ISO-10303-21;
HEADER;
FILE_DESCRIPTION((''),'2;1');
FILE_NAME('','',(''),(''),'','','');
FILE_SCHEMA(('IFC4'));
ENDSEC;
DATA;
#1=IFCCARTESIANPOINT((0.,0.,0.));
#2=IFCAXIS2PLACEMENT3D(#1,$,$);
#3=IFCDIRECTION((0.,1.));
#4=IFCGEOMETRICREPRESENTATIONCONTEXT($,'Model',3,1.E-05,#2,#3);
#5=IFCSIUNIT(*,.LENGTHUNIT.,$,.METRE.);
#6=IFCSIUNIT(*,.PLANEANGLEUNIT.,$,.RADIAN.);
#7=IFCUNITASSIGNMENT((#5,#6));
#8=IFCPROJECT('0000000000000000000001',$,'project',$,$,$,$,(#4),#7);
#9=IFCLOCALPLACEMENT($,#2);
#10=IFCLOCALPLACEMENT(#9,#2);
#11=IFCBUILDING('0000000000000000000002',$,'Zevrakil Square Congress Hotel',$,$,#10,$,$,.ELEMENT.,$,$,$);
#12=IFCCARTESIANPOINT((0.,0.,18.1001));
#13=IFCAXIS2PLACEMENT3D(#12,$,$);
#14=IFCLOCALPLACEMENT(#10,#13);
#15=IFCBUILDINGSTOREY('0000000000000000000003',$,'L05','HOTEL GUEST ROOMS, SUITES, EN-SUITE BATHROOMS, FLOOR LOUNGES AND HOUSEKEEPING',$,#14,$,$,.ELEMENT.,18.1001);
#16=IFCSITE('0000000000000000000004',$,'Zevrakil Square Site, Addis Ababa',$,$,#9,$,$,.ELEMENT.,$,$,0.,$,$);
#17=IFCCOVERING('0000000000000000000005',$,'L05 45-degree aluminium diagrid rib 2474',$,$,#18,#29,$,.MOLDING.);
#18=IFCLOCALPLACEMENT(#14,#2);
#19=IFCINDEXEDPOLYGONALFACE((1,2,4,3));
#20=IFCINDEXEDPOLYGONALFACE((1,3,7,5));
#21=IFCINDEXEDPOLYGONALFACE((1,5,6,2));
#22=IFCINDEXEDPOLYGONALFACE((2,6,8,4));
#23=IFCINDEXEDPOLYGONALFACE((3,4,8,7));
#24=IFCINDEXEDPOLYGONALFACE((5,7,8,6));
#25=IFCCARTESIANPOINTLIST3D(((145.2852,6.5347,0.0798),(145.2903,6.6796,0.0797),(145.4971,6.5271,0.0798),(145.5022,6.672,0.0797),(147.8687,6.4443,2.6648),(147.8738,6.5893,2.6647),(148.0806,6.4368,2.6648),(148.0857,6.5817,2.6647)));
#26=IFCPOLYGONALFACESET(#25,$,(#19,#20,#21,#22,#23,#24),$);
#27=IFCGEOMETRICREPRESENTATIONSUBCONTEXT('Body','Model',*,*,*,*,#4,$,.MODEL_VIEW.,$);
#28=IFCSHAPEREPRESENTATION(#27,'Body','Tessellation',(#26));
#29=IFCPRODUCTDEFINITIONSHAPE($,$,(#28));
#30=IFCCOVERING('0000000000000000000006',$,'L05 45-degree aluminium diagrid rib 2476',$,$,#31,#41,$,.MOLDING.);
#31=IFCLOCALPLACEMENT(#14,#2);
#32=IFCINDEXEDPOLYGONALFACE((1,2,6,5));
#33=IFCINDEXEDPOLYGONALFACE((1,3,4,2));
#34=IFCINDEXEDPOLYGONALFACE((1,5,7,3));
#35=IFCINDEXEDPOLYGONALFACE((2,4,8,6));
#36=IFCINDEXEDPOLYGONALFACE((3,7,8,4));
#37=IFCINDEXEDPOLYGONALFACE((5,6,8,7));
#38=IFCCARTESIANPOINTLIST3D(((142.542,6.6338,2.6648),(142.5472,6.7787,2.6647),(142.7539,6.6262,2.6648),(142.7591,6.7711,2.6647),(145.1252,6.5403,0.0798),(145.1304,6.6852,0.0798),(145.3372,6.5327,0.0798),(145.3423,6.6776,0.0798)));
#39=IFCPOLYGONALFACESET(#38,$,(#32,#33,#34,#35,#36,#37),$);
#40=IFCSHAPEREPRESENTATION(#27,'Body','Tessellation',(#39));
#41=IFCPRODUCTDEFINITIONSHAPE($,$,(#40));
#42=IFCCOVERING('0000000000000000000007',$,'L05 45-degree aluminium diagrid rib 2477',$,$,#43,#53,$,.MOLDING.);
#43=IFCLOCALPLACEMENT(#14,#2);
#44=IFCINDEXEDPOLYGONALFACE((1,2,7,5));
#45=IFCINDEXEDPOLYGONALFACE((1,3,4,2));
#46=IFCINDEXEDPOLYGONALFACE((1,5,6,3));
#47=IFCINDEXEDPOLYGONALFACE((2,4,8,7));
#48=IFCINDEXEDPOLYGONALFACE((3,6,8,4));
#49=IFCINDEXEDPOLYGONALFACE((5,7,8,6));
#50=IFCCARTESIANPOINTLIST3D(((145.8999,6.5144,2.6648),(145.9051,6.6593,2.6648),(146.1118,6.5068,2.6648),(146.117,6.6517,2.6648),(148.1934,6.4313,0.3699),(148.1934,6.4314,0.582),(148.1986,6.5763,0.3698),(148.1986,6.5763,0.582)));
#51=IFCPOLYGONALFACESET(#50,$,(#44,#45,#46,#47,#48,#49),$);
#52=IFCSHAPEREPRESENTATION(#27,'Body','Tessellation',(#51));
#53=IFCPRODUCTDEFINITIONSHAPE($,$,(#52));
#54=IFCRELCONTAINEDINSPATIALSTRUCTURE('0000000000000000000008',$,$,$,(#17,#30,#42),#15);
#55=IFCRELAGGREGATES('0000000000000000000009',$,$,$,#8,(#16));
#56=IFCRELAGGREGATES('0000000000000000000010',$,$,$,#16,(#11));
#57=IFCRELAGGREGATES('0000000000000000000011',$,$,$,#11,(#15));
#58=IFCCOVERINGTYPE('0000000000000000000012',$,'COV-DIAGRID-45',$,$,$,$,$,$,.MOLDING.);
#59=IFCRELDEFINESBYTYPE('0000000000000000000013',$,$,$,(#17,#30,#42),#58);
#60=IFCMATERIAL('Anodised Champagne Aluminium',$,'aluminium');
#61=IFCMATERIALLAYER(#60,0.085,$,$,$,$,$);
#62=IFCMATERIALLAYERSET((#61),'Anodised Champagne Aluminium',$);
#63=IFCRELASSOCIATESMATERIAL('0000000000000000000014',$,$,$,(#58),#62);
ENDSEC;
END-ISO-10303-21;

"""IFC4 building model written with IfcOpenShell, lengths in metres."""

from ifc_helpers import new_model, si_unit, direction, frame, origin, place, context, subcontext, project, spatial, polyline, outline, extrude, material, layer, layer_set, type_object, element, save


model = new_model("IFC4")

# Units and contexts
model_context = context("Model", 3, precision=1e-05, world=origin(), true_north=direction((0.0, 1.0)))
body_context = subcontext(model_context, "Body", "Model", "MODEL_VIEW")
ifc_project = project(units=[si_unit("LENGTHUNIT", "METRE"), si_unit("PLANEANGLEUNIT", "RADIAN")], contexts=[model_context])

# Site, building, storey
site_placement = place(None, origin())
site = spatial("IfcSite", under=ifc_project, at=site_placement, Name="Zevrakil Square Site, Addis Ababa", CompositionType="ELEMENT", RefElevation=0.0)
building_placement = place(site_placement, origin())
building = spatial("IfcBuilding", under=site, at=building_placement, Name="Zevrakil Square Congress Hotel", CompositionType="ELEMENT")
storey_placement = place(building_placement, frame((0.0, 0.0, 18.1001)))
storey = spatial("IfcBuildingStorey", under=building, at=storey_placement, Name="L05", Description="HOTEL GUEST ROOMS, SUITES, EN-SUITE BATHROOMS, FLOOR LOUNGES AND HOUSEKEEPING", CompositionType="ELEMENT", Elevation=18.1001)

# Coverings
ifc_material_1 = material(Name="Anodised Champagne Aluminium", Category="aluminium")
ifc_layer_1 = layer(ifc_material_1, 0.085)
ifc_layer_set_1 = layer_set([ifc_layer_1], Name="Anodised Champagne Aluminium")
covering_type_1 = type_object("IfcCoveringType", Name="COV-DIAGRID-45", PredefinedType="MOLDING", material=ifc_layer_set_1)
covering_1_placement = place(storey_placement, frame((145.4971, 6.5271, 0.0798), z_axis=(-0.035692, -0.999363, 0.000748), x_axis=(-0.999363, 0.035692, 0.0)))
element("IfcCovering", 1, at=covering_1_placement, inside=storey, type_object=covering_type_1, Name="L05 45-degree aluminium diagrid rib 2474", PredefinedType="MOLDING", context=body_context, shape_type="SweptSolid", body=[
    extrude(outline(polyline([(0.0, 0.0), (0.212, 0.0), (-2.373, -2.585), (-2.5851, -2.585), (0.0, 0.0)])), origin(), (0.0, 0.0, -1.0), 0.145),
])
covering_2_placement = place(storey_placement, frame((142.542, 6.6338, 2.6648), z_axis=(-0.035692, -0.999363, 0.000482), x_axis=(0.999363, -0.035692, 0.0)))
element("IfcCovering", 2, at=covering_2_placement, inside=storey, type_object=covering_type_1, Name="L05 45-degree aluminium diagrid rib 2476", PredefinedType="MOLDING", context=body_context, shape_type="SweptSolid", body=[
    extrude(outline(polyline([(0.0, 0.0), (0.212, 0.0), (2.797, -2.585), (2.5849, -2.585), (0.0, 0.0)])), origin(), (0.0, 0.0, -1.0), 0.145),
])
covering_3_placement = place(storey_placement, frame((145.8999, 6.5144, 2.6648), z_axis=(-0.035942, -0.999354, 0.000251), x_axis=(0.999354, -0.035942, 0.0)))
element("IfcCovering", 3, at=covering_3_placement, inside=storey, type_object=covering_type_1, Name="L05 45-degree aluminium diagrid rib 2477", PredefinedType="MOLDING", context=body_context, shape_type="SweptSolid", body=[
    extrude(outline(polyline([(0.0, 0.0), (0.212, 0.0), (2.295, -2.0828), (2.295, -2.2949), (0.0, 0.0)])), origin(), (0.0, 0.0, -1.0), 0.145),
])

save(model, "model.ifc")
